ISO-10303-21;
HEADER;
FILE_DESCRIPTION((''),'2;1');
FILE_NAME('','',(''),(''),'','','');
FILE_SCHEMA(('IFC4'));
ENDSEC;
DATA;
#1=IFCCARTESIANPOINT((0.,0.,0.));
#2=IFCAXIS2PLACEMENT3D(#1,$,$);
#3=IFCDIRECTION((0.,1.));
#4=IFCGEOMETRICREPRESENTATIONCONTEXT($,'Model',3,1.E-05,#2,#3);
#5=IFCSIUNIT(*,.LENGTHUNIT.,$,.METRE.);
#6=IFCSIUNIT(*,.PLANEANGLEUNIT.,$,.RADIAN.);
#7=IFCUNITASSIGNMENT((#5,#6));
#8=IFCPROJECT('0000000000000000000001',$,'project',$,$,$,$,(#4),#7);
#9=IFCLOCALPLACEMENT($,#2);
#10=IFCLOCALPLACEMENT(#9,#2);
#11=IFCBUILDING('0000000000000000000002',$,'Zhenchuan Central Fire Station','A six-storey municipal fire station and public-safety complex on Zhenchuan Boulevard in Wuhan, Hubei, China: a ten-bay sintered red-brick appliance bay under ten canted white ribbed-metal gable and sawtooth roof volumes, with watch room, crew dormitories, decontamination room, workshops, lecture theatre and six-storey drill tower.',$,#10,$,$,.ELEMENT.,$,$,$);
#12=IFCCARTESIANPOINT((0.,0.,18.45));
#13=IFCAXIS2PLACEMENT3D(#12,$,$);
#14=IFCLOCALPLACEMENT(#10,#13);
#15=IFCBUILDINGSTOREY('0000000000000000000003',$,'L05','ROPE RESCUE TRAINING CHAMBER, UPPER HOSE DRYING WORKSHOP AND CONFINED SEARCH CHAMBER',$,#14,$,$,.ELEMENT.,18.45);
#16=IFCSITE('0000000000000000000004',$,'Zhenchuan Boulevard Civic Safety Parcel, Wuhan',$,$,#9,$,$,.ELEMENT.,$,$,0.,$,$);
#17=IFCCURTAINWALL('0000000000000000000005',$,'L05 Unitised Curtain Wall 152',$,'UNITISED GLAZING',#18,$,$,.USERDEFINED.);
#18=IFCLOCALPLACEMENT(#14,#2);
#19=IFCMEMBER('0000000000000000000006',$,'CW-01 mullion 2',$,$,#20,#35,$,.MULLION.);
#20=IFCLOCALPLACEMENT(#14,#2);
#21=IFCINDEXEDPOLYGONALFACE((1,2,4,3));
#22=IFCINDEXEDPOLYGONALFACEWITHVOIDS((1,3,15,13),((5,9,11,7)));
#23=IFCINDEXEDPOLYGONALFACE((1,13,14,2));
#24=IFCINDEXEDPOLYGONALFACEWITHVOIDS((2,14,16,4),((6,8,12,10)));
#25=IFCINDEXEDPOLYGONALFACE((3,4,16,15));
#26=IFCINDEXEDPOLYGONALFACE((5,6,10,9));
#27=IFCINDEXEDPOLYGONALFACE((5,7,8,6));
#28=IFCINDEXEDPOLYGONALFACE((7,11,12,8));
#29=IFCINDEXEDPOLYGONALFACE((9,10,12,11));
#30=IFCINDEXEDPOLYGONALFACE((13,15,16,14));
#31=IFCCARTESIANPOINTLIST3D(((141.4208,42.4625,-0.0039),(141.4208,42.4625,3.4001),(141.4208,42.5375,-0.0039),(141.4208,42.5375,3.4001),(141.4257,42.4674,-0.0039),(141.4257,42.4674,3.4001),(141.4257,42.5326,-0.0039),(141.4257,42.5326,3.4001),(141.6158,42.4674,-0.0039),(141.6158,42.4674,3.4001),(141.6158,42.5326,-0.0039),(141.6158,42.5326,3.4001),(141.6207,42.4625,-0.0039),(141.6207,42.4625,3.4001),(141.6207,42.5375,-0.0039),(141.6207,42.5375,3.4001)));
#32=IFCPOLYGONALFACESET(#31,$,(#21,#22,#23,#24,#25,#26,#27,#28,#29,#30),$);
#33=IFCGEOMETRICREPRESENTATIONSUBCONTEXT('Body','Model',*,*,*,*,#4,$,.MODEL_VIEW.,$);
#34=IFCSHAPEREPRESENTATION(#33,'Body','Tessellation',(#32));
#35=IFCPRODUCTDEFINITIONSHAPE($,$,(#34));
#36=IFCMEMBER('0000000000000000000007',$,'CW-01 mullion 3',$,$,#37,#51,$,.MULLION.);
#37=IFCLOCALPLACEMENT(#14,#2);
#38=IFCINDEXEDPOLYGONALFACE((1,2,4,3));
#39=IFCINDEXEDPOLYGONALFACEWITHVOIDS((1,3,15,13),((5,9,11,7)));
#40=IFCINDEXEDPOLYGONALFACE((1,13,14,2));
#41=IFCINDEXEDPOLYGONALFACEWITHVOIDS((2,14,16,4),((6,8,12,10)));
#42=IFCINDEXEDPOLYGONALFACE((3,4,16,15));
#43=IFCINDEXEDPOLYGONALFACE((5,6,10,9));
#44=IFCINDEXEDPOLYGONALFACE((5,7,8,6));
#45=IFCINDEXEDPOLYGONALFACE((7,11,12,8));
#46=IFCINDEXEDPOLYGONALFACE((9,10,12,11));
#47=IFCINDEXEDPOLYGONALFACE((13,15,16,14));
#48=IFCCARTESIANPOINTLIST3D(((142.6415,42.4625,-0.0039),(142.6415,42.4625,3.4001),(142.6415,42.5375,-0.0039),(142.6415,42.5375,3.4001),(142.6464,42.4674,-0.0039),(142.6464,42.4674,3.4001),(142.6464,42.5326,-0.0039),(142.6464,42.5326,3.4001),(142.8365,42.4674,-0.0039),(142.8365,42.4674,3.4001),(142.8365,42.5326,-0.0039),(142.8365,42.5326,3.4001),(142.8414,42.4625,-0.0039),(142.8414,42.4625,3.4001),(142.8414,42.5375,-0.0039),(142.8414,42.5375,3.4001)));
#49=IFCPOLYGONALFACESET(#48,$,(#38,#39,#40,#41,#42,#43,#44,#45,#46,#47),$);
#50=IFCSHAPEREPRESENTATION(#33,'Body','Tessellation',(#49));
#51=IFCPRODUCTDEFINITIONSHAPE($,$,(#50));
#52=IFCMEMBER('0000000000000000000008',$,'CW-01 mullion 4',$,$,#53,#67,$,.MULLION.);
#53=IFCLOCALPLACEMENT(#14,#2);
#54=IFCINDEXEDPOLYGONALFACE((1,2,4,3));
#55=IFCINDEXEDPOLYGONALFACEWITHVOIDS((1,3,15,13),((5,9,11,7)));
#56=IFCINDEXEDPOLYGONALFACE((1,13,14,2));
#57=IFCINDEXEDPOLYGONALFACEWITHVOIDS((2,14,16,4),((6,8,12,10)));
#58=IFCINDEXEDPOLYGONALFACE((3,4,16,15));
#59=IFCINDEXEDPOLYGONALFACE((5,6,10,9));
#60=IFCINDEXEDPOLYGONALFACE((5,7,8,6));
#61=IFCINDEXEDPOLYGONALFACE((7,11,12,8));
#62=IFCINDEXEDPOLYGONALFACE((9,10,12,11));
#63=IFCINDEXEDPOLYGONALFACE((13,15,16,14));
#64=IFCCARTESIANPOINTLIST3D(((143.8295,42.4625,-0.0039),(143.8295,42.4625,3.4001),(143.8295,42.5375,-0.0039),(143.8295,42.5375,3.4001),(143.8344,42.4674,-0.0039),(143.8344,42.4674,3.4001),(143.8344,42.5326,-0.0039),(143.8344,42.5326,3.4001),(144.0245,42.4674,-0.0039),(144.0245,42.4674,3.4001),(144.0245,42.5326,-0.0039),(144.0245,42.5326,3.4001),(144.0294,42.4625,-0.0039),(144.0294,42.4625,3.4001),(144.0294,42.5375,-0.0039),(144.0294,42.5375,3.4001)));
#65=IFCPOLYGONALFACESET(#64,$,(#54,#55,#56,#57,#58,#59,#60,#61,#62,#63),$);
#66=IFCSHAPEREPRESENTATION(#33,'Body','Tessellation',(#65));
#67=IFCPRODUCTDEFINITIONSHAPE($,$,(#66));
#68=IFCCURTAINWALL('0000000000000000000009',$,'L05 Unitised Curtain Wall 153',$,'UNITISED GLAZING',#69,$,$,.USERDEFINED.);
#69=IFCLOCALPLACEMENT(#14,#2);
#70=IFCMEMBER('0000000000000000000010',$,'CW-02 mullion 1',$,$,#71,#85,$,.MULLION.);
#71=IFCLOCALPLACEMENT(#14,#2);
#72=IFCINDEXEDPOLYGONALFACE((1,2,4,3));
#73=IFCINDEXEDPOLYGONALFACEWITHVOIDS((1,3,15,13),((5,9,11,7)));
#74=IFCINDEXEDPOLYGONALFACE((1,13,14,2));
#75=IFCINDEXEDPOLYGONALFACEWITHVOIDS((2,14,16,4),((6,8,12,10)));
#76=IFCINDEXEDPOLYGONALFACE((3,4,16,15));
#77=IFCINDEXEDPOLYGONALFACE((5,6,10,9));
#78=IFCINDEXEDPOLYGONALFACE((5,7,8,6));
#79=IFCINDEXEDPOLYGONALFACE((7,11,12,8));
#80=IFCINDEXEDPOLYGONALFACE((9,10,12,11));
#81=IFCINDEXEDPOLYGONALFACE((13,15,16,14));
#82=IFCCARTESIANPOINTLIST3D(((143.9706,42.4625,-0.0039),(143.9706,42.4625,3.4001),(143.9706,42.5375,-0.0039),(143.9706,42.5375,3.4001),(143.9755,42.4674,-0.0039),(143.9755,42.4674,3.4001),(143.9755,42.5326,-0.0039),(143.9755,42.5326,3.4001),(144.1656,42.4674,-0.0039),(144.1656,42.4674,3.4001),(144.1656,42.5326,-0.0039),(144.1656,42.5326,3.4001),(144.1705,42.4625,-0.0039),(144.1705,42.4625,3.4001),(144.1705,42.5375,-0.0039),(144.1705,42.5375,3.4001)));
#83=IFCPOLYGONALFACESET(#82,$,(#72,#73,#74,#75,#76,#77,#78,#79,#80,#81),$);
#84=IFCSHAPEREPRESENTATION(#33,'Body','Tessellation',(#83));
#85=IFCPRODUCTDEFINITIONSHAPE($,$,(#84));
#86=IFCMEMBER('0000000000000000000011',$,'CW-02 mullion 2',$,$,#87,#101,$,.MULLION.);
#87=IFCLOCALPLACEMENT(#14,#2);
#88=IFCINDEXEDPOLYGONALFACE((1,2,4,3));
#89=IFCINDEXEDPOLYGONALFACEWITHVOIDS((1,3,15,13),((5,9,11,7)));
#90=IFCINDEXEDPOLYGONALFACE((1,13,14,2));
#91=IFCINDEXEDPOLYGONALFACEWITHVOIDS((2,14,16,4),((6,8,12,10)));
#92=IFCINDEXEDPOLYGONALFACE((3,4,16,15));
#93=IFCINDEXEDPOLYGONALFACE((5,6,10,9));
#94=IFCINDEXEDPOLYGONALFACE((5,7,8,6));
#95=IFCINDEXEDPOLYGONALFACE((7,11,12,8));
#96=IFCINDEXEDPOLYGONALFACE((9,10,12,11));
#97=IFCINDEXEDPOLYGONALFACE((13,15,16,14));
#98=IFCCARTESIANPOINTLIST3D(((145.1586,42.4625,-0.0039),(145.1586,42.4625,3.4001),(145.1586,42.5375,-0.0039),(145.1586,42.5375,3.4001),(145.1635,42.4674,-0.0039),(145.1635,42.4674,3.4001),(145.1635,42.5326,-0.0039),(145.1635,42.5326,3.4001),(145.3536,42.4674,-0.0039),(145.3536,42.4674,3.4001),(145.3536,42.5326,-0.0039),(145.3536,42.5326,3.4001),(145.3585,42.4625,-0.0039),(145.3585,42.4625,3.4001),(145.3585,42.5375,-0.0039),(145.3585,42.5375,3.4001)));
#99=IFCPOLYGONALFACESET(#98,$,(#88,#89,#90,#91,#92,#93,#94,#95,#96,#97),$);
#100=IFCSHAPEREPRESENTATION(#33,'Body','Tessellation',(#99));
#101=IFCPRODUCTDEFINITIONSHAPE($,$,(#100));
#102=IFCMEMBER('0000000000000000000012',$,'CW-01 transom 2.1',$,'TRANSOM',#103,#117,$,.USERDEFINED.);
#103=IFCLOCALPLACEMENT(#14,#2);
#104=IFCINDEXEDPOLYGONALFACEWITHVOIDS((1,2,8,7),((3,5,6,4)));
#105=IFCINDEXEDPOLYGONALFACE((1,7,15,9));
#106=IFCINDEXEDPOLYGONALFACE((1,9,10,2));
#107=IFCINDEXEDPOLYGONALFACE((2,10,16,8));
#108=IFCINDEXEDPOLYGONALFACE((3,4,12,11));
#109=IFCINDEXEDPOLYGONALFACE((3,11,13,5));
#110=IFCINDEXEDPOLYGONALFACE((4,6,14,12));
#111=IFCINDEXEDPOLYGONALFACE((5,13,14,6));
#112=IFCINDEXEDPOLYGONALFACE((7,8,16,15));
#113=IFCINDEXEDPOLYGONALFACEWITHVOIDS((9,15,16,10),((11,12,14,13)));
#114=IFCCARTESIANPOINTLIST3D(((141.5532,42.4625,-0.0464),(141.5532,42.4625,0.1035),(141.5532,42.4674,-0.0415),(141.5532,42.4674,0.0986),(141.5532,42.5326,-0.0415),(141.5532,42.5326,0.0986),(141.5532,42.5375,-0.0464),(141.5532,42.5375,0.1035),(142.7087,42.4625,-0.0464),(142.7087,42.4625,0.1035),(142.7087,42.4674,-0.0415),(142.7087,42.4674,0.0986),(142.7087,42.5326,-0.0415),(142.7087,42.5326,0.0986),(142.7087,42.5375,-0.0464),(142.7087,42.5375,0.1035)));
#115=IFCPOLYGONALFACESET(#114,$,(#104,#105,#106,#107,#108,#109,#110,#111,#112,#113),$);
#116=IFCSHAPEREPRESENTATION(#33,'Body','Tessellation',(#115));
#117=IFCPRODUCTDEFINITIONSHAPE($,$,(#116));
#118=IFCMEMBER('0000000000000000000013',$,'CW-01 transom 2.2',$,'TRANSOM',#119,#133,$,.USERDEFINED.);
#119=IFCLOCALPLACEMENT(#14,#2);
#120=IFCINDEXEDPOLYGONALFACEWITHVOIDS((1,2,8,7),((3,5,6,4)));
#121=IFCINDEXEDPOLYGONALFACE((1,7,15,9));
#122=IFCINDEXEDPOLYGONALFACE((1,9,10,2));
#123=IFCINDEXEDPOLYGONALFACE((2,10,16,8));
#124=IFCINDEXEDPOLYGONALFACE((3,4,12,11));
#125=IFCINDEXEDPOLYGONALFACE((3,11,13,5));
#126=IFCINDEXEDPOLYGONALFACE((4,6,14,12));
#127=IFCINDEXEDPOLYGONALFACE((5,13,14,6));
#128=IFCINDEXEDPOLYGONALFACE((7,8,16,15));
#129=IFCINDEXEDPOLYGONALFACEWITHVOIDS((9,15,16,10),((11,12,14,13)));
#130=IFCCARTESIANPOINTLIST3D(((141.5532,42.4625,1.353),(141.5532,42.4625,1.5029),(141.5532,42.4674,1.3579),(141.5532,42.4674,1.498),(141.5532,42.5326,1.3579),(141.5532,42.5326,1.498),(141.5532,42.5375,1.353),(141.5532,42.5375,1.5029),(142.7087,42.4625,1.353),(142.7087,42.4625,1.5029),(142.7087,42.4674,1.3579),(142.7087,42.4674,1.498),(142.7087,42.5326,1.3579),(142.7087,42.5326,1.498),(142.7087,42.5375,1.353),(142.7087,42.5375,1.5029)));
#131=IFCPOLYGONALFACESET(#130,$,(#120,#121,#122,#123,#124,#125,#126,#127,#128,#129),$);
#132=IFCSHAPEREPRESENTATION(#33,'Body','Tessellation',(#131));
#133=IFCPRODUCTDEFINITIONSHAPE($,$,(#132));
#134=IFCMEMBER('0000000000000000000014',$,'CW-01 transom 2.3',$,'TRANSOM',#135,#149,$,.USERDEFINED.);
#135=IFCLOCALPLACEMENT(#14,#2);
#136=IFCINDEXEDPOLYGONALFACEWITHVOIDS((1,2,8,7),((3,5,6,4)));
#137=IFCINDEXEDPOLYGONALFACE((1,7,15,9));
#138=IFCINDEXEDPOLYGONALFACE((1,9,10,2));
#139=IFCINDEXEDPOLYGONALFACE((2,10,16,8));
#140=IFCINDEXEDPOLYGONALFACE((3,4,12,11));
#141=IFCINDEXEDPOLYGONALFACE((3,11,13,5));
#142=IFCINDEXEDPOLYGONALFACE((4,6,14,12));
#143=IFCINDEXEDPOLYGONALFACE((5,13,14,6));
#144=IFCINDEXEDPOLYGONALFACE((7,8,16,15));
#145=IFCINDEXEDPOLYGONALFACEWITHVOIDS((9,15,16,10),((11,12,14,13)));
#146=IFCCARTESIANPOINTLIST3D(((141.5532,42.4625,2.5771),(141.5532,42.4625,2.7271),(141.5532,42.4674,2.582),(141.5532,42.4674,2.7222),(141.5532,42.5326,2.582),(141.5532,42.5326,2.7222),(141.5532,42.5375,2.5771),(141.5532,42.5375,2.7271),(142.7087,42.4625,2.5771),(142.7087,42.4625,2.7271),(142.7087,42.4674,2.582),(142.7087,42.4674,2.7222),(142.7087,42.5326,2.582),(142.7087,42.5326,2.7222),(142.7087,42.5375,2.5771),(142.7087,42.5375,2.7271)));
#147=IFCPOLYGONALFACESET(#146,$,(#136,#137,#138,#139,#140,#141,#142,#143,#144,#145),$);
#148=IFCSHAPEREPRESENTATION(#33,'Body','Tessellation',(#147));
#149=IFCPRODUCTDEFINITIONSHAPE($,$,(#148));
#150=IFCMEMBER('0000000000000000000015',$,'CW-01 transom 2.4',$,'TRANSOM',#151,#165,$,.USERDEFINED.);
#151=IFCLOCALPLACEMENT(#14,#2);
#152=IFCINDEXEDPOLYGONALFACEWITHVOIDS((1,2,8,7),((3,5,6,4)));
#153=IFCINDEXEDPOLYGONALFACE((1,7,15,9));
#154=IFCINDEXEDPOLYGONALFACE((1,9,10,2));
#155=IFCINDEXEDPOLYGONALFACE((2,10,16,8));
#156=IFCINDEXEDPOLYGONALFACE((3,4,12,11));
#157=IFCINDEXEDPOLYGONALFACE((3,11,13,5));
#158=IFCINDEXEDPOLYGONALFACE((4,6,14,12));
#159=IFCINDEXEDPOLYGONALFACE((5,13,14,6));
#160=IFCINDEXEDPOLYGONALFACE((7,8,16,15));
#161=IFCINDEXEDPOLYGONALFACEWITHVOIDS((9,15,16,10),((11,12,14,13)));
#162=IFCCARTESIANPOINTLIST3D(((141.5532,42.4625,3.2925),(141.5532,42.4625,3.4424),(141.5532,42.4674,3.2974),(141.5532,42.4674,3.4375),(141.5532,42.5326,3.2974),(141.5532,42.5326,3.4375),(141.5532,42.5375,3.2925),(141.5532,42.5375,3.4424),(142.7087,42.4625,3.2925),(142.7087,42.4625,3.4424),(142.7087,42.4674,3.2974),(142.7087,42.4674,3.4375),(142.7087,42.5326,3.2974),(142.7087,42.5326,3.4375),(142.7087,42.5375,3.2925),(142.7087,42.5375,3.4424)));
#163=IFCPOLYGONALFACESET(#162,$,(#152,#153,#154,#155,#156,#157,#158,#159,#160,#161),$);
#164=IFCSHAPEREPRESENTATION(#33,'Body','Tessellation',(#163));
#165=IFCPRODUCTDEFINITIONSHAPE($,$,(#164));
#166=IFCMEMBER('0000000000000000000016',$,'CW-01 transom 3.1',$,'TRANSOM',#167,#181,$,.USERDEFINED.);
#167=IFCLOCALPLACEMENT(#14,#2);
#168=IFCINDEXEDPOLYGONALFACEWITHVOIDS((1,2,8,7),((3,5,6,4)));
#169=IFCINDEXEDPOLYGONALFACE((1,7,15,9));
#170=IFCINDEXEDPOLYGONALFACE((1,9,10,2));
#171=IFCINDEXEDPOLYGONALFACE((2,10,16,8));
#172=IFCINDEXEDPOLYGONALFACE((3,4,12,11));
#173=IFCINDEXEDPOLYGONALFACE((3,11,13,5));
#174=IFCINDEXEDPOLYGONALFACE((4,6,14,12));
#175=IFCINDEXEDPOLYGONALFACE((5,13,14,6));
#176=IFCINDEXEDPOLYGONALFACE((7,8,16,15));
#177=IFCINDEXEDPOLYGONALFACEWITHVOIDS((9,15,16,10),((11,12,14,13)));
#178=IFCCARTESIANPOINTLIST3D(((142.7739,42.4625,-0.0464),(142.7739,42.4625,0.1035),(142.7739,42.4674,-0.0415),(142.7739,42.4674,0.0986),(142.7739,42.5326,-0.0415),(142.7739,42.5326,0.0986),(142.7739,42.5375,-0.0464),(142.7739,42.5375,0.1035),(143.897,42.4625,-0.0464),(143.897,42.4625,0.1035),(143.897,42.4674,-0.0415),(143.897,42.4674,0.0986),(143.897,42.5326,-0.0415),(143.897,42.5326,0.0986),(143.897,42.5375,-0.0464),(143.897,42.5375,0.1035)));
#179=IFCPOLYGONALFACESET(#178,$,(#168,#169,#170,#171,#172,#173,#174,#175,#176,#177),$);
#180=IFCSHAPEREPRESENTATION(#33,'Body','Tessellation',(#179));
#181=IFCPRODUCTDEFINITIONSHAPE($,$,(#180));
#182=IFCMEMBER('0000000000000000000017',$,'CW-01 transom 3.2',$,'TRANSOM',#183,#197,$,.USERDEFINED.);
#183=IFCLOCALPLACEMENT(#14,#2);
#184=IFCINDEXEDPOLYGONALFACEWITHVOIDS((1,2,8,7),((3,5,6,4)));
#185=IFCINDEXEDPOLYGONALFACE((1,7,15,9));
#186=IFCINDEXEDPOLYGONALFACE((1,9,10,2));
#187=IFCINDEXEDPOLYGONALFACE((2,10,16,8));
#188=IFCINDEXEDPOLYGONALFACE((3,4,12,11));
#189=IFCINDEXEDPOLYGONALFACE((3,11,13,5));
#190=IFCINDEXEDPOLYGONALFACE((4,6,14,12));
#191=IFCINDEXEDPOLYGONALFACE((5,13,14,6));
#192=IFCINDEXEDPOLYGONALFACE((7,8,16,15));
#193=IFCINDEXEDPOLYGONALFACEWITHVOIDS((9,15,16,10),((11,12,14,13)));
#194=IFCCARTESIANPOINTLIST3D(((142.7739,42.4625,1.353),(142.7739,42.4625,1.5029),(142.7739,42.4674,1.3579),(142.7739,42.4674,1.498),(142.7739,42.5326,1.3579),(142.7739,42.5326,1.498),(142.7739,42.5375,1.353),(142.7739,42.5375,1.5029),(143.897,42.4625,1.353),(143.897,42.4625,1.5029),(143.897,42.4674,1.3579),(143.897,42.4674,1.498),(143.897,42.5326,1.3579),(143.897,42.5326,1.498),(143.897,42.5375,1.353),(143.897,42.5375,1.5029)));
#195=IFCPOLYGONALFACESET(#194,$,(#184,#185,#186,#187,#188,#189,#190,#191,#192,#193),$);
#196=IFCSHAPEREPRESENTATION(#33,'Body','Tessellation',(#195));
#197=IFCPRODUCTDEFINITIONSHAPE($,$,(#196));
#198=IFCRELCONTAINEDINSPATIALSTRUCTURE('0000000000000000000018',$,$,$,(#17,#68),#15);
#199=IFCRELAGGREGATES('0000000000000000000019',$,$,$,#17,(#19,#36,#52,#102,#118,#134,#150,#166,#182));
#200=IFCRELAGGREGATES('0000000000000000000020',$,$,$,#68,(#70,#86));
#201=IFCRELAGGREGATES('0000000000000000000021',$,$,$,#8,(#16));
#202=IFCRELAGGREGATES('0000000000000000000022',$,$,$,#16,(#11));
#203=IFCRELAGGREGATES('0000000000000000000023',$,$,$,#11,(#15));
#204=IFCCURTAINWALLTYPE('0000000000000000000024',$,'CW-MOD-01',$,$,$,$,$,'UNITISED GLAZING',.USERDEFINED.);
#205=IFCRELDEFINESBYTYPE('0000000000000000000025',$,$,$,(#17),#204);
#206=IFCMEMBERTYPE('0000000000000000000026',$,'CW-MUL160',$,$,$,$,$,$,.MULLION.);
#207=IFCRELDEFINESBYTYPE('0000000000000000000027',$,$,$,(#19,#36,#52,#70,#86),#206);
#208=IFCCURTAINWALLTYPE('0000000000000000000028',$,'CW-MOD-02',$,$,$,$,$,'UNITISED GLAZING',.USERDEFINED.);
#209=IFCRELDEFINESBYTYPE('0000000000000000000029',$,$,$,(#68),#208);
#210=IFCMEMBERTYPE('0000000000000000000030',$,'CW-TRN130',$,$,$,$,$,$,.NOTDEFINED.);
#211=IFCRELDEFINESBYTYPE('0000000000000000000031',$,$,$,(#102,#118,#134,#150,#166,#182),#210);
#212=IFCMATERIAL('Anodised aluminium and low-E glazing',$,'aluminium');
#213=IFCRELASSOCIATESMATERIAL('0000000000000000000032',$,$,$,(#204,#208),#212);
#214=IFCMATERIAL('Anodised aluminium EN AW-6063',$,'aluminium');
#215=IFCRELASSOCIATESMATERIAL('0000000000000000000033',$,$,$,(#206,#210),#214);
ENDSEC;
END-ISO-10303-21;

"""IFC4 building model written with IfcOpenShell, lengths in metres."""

from ifc_helpers import new_model, si_unit, direction, frame, origin, origin_2d, place, context, subcontext, project, spatial, hollow_rectangle, extrude, material, material_profile, profile_set, type_object, element, aggregate, save


model = new_model("IFC4")

# Units and contexts
model_context = context("Model", 3, precision=1e-05, world=origin(), true_north=direction((0.0, 1.0)))
body_context = subcontext(model_context, "Body", "Model", "MODEL_VIEW")
ifc_project = project(units=[si_unit("LENGTHUNIT", "METRE"), si_unit("PLANEANGLEUNIT", "RADIAN")], contexts=[model_context])

# Site, building, storey
site_placement = place(None, origin())
site = spatial("IfcSite", under=ifc_project, at=site_placement, Name="Zhenchuan Boulevard Civic Safety Parcel, Wuhan", CompositionType="ELEMENT", RefElevation=0.0)
building_placement = place(site_placement, origin())
building = spatial("IfcBuilding", under=site, at=building_placement, Name="Zhenchuan Central Fire Station", Description="A six-storey municipal fire station and public-safety complex on Zhenchuan Boulevard in Wuhan, Hubei, China: a ten-bay sintered red-brick appliance bay under ten canted white ribbed-metal gable and sawtooth roof volumes, with watch room, crew dormitories, decontamination room, workshops, lecture theatre and six-storey drill tower.", CompositionType="ELEMENT")
storey_placement = place(building_placement, frame((0.0, 0.0, 18.45)))
storey = spatial("IfcBuildingStorey", under=building, at=storey_placement, Name="L05", Description="ROPE RESCUE TRAINING CHAMBER, UPPER HOSE DRYING WORKSHOP AND CONFINED SEARCH CHAMBER", CompositionType="ELEMENT", Elevation=18.45)

# Curtain walls, members
ifc_material_1 = material(Name="Anodised aluminium and low-E glazing", Category="aluminium")
curtain_wall_type_1 = type_object("IfcCurtainWallType", Name="CW-MOD-01", ElementType="UNITISED GLAZING", PredefinedType="USERDEFINED", material=ifc_material_1)
curtain_wall_1_placement = place(storey_placement, origin())
curtain_wall_1 = element("IfcCurtainWall", 1, at=curtain_wall_1_placement, inside=storey, type_object=curtain_wall_type_1, Name="L05 Unitised Curtain Wall 152", ObjectType="UNITISED GLAZING", PredefinedType="USERDEFINED")
ifc_material_2 = material(Name="Anodised aluminium EN AW-6063", Category="aluminium")
ifc_material_profile_1 = material_profile(ifc_material_2, hollow_rectangle(XDim=0.075, YDim=0.2, WallThickness=0.0049, at=origin_2d()), Name="ALU-M 200x75")
ifc_profile_set_1 = profile_set([ifc_material_profile_1], Name="Anodised aluminium EN AW-6063")
member_type_1 = type_object("IfcMemberType", Name="CW-MUL160", PredefinedType="MULLION", material=ifc_profile_set_1)
member_1_placement = place(storey_placement, frame((141.5208, 42.5, -0.0039), z_axis=(0.0, 0.0, 1.0), x_axis=(0.0, 1.0, 0.0)))
member_1 = element("IfcMember", 2, at=member_1_placement, type_object=member_type_1, Name="CW-01 mullion 2", PredefinedType="MULLION", context=body_context, shape_type="SweptSolid", body=[
    extrude(hollow_rectangle(XDim=0.075, YDim=0.2, WallThickness=0.0049, at=origin_2d()), origin(), (0.0, 0.0, 1.0), 3.4041),
])
member_2_placement = place(storey_placement, frame((142.7415, 42.5, -0.0039), z_axis=(0.0, 0.0, 1.0), x_axis=(0.0, 1.0, 0.0)))
member_2 = element("IfcMember", 3, at=member_2_placement, type_object=member_type_1, Name="CW-01 mullion 3", PredefinedType="MULLION", context=body_context, shape_type="SweptSolid", body=[
    extrude(hollow_rectangle(XDim=0.075, YDim=0.2, WallThickness=0.0049, at=origin_2d()), origin(), (0.0, 0.0, 1.0), 3.4041),
])
member_3_placement = place(storey_placement, frame((143.9294, 42.5, -0.0039), z_axis=(0.0, 0.0, 1.0), x_axis=(0.0, 1.0, 0.0)))
member_3 = element("IfcMember", 4, at=member_3_placement, type_object=member_type_1, Name="CW-01 mullion 4", PredefinedType="MULLION", context=body_context, shape_type="SweptSolid", body=[
    extrude(hollow_rectangle(XDim=0.075, YDim=0.2, WallThickness=0.0049, at=origin_2d()), origin(), (0.0, 0.0, 1.0), 3.4041),
])
curtain_wall_type_2 = type_object("IfcCurtainWallType", Name="CW-MOD-02", ElementType="UNITISED GLAZING", PredefinedType="USERDEFINED", material=ifc_material_1)
curtain_wall_2_placement = place(storey_placement, origin())
curtain_wall_2 = element("IfcCurtainWall", 5, at=curtain_wall_2_placement, inside=storey, type_object=curtain_wall_type_2, Name="L05 Unitised Curtain Wall 153", ObjectType="UNITISED GLAZING", PredefinedType="USERDEFINED")
member_4_placement = place(storey_placement, frame((144.0706, 42.5, -0.0039), z_axis=(0.0, 0.0, 1.0), x_axis=(0.0, 1.0, 0.0)))
member_4 = element("IfcMember", 6, at=member_4_placement, type_object=member_type_1, Name="CW-02 mullion 1", PredefinedType="MULLION", context=body_context, shape_type="SweptSolid", body=[
    extrude(hollow_rectangle(XDim=0.075, YDim=0.2, WallThickness=0.0049, at=origin_2d()), origin(), (0.0, 0.0, 1.0), 3.4041),
])
member_5_placement = place(storey_placement, frame((145.2585, 42.5, -0.0039), z_axis=(0.0, 0.0, 1.0), x_axis=(0.0, 1.0, 0.0)))
member_5 = element("IfcMember", 7, at=member_5_placement, type_object=member_type_1, Name="CW-02 mullion 2", PredefinedType="MULLION", context=body_context, shape_type="SweptSolid", body=[
    extrude(hollow_rectangle(XDim=0.075, YDim=0.2, WallThickness=0.0049, at=origin_2d()), origin(), (0.0, 0.0, 1.0), 3.4041),
])

# Members
ifc_material_profile_2 = material_profile(ifc_material_2, hollow_rectangle(XDim=0.075, YDim=0.1499, WallThickness=0.0049, at=origin_2d()), Name="ALU-T 150x75")
ifc_profile_set_2 = profile_set([ifc_material_profile_2], Name="Anodised aluminium EN AW-6063")
member_type_2 = type_object("IfcMemberType", Name="CW-TRN130", PredefinedType="NOTDEFINED", material=ifc_profile_set_2)
member_6_placement = place(storey_placement, frame((141.5532, 42.5, 0.0286), z_axis=(1.0, 0.0, 0.0), x_axis=(0.0, 1.0, 0.0)))
member_6 = element("IfcMember", 8, at=member_6_placement, type_object=member_type_2, Name="CW-01 transom 2.1", ObjectType="TRANSOM", PredefinedType="USERDEFINED", context=body_context, shape_type="SweptSolid", body=[
    extrude(hollow_rectangle(XDim=0.075, YDim=0.1499, WallThickness=0.0049, at=origin_2d()), origin(), (0.0, 0.0, 1.0), 1.1555),
])
member_7_placement = place(storey_placement, frame((141.5532, 42.5, 1.428), z_axis=(1.0, 0.0, 0.0), x_axis=(0.0, 1.0, 0.0)))
member_7 = element("IfcMember", 9, at=member_7_placement, type_object=member_type_2, Name="CW-01 transom 2.2", ObjectType="TRANSOM", PredefinedType="USERDEFINED", context=body_context, shape_type="SweptSolid", body=[
    extrude(hollow_rectangle(XDim=0.075, YDim=0.1499, WallThickness=0.0049, at=origin_2d()), origin(), (0.0, 0.0, 1.0), 1.1555),
])
member_8_placement = place(storey_placement, frame((141.5532, 42.5, 2.6521), z_axis=(1.0, 0.0, 0.0), x_axis=(0.0, 1.0, 0.0)))
member_8 = element("IfcMember", 10, at=member_8_placement, type_object=member_type_2, Name="CW-01 transom 2.3", ObjectType="TRANSOM", PredefinedType="USERDEFINED", context=body_context, shape_type="SweptSolid", body=[
    extrude(hollow_rectangle(XDim=0.075, YDim=0.1499, WallThickness=0.0049, at=origin_2d()), origin(), (0.0, 0.0, 1.0), 1.1555),
])
member_9_placement = place(storey_placement, frame((141.5532, 42.5, 3.3674), z_axis=(1.0, 0.0, 0.0), x_axis=(0.0, 1.0, 0.0)))
member_9 = element("IfcMember", 11, at=member_9_placement, type_object=member_type_2, Name="CW-01 transom 2.4", ObjectType="TRANSOM", PredefinedType="USERDEFINED", context=body_context, shape_type="SweptSolid", body=[
    extrude(hollow_rectangle(XDim=0.075, YDim=0.1499, WallThickness=0.0049, at=origin_2d()), origin(), (0.0, 0.0, 1.0), 1.1555),
])
member_10_placement = place(storey_placement, frame((142.7739, 42.5, 0.0286), z_axis=(1.0, 0.0, 0.0), x_axis=(0.0, 1.0, 0.0)))
member_10 = element("IfcMember", 12, at=member_10_placement, type_object=member_type_2, Name="CW-01 transom 3.1", ObjectType="TRANSOM", PredefinedType="USERDEFINED", context=body_context, shape_type="SweptSolid", body=[
    extrude(hollow_rectangle(XDim=0.075, YDim=0.1499, WallThickness=0.0049, at=origin_2d()), origin(), (0.0, 0.0, 1.0), 1.123),
])
member_11_placement = place(storey_placement, frame((142.7739, 42.5, 1.428), z_axis=(1.0, 0.0, 0.0), x_axis=(0.0, 1.0, 0.0)))
member_11 = element("IfcMember", 13, at=member_11_placement, type_object=member_type_2, Name="CW-01 transom 3.2", ObjectType="TRANSOM", PredefinedType="USERDEFINED", context=body_context, shape_type="SweptSolid", body=[
    extrude(hollow_rectangle(XDim=0.075, YDim=0.1499, WallThickness=0.0049, at=origin_2d()), origin(), (0.0, 0.0, 1.0), 1.123),
])

aggregate(curtain_wall_1, [member_1, member_2, member_3, member_6, member_7, member_8, member_9, member_10, member_11])
aggregate(curtain_wall_2, [member_4, member_5])

save(model, "model.ifc")
